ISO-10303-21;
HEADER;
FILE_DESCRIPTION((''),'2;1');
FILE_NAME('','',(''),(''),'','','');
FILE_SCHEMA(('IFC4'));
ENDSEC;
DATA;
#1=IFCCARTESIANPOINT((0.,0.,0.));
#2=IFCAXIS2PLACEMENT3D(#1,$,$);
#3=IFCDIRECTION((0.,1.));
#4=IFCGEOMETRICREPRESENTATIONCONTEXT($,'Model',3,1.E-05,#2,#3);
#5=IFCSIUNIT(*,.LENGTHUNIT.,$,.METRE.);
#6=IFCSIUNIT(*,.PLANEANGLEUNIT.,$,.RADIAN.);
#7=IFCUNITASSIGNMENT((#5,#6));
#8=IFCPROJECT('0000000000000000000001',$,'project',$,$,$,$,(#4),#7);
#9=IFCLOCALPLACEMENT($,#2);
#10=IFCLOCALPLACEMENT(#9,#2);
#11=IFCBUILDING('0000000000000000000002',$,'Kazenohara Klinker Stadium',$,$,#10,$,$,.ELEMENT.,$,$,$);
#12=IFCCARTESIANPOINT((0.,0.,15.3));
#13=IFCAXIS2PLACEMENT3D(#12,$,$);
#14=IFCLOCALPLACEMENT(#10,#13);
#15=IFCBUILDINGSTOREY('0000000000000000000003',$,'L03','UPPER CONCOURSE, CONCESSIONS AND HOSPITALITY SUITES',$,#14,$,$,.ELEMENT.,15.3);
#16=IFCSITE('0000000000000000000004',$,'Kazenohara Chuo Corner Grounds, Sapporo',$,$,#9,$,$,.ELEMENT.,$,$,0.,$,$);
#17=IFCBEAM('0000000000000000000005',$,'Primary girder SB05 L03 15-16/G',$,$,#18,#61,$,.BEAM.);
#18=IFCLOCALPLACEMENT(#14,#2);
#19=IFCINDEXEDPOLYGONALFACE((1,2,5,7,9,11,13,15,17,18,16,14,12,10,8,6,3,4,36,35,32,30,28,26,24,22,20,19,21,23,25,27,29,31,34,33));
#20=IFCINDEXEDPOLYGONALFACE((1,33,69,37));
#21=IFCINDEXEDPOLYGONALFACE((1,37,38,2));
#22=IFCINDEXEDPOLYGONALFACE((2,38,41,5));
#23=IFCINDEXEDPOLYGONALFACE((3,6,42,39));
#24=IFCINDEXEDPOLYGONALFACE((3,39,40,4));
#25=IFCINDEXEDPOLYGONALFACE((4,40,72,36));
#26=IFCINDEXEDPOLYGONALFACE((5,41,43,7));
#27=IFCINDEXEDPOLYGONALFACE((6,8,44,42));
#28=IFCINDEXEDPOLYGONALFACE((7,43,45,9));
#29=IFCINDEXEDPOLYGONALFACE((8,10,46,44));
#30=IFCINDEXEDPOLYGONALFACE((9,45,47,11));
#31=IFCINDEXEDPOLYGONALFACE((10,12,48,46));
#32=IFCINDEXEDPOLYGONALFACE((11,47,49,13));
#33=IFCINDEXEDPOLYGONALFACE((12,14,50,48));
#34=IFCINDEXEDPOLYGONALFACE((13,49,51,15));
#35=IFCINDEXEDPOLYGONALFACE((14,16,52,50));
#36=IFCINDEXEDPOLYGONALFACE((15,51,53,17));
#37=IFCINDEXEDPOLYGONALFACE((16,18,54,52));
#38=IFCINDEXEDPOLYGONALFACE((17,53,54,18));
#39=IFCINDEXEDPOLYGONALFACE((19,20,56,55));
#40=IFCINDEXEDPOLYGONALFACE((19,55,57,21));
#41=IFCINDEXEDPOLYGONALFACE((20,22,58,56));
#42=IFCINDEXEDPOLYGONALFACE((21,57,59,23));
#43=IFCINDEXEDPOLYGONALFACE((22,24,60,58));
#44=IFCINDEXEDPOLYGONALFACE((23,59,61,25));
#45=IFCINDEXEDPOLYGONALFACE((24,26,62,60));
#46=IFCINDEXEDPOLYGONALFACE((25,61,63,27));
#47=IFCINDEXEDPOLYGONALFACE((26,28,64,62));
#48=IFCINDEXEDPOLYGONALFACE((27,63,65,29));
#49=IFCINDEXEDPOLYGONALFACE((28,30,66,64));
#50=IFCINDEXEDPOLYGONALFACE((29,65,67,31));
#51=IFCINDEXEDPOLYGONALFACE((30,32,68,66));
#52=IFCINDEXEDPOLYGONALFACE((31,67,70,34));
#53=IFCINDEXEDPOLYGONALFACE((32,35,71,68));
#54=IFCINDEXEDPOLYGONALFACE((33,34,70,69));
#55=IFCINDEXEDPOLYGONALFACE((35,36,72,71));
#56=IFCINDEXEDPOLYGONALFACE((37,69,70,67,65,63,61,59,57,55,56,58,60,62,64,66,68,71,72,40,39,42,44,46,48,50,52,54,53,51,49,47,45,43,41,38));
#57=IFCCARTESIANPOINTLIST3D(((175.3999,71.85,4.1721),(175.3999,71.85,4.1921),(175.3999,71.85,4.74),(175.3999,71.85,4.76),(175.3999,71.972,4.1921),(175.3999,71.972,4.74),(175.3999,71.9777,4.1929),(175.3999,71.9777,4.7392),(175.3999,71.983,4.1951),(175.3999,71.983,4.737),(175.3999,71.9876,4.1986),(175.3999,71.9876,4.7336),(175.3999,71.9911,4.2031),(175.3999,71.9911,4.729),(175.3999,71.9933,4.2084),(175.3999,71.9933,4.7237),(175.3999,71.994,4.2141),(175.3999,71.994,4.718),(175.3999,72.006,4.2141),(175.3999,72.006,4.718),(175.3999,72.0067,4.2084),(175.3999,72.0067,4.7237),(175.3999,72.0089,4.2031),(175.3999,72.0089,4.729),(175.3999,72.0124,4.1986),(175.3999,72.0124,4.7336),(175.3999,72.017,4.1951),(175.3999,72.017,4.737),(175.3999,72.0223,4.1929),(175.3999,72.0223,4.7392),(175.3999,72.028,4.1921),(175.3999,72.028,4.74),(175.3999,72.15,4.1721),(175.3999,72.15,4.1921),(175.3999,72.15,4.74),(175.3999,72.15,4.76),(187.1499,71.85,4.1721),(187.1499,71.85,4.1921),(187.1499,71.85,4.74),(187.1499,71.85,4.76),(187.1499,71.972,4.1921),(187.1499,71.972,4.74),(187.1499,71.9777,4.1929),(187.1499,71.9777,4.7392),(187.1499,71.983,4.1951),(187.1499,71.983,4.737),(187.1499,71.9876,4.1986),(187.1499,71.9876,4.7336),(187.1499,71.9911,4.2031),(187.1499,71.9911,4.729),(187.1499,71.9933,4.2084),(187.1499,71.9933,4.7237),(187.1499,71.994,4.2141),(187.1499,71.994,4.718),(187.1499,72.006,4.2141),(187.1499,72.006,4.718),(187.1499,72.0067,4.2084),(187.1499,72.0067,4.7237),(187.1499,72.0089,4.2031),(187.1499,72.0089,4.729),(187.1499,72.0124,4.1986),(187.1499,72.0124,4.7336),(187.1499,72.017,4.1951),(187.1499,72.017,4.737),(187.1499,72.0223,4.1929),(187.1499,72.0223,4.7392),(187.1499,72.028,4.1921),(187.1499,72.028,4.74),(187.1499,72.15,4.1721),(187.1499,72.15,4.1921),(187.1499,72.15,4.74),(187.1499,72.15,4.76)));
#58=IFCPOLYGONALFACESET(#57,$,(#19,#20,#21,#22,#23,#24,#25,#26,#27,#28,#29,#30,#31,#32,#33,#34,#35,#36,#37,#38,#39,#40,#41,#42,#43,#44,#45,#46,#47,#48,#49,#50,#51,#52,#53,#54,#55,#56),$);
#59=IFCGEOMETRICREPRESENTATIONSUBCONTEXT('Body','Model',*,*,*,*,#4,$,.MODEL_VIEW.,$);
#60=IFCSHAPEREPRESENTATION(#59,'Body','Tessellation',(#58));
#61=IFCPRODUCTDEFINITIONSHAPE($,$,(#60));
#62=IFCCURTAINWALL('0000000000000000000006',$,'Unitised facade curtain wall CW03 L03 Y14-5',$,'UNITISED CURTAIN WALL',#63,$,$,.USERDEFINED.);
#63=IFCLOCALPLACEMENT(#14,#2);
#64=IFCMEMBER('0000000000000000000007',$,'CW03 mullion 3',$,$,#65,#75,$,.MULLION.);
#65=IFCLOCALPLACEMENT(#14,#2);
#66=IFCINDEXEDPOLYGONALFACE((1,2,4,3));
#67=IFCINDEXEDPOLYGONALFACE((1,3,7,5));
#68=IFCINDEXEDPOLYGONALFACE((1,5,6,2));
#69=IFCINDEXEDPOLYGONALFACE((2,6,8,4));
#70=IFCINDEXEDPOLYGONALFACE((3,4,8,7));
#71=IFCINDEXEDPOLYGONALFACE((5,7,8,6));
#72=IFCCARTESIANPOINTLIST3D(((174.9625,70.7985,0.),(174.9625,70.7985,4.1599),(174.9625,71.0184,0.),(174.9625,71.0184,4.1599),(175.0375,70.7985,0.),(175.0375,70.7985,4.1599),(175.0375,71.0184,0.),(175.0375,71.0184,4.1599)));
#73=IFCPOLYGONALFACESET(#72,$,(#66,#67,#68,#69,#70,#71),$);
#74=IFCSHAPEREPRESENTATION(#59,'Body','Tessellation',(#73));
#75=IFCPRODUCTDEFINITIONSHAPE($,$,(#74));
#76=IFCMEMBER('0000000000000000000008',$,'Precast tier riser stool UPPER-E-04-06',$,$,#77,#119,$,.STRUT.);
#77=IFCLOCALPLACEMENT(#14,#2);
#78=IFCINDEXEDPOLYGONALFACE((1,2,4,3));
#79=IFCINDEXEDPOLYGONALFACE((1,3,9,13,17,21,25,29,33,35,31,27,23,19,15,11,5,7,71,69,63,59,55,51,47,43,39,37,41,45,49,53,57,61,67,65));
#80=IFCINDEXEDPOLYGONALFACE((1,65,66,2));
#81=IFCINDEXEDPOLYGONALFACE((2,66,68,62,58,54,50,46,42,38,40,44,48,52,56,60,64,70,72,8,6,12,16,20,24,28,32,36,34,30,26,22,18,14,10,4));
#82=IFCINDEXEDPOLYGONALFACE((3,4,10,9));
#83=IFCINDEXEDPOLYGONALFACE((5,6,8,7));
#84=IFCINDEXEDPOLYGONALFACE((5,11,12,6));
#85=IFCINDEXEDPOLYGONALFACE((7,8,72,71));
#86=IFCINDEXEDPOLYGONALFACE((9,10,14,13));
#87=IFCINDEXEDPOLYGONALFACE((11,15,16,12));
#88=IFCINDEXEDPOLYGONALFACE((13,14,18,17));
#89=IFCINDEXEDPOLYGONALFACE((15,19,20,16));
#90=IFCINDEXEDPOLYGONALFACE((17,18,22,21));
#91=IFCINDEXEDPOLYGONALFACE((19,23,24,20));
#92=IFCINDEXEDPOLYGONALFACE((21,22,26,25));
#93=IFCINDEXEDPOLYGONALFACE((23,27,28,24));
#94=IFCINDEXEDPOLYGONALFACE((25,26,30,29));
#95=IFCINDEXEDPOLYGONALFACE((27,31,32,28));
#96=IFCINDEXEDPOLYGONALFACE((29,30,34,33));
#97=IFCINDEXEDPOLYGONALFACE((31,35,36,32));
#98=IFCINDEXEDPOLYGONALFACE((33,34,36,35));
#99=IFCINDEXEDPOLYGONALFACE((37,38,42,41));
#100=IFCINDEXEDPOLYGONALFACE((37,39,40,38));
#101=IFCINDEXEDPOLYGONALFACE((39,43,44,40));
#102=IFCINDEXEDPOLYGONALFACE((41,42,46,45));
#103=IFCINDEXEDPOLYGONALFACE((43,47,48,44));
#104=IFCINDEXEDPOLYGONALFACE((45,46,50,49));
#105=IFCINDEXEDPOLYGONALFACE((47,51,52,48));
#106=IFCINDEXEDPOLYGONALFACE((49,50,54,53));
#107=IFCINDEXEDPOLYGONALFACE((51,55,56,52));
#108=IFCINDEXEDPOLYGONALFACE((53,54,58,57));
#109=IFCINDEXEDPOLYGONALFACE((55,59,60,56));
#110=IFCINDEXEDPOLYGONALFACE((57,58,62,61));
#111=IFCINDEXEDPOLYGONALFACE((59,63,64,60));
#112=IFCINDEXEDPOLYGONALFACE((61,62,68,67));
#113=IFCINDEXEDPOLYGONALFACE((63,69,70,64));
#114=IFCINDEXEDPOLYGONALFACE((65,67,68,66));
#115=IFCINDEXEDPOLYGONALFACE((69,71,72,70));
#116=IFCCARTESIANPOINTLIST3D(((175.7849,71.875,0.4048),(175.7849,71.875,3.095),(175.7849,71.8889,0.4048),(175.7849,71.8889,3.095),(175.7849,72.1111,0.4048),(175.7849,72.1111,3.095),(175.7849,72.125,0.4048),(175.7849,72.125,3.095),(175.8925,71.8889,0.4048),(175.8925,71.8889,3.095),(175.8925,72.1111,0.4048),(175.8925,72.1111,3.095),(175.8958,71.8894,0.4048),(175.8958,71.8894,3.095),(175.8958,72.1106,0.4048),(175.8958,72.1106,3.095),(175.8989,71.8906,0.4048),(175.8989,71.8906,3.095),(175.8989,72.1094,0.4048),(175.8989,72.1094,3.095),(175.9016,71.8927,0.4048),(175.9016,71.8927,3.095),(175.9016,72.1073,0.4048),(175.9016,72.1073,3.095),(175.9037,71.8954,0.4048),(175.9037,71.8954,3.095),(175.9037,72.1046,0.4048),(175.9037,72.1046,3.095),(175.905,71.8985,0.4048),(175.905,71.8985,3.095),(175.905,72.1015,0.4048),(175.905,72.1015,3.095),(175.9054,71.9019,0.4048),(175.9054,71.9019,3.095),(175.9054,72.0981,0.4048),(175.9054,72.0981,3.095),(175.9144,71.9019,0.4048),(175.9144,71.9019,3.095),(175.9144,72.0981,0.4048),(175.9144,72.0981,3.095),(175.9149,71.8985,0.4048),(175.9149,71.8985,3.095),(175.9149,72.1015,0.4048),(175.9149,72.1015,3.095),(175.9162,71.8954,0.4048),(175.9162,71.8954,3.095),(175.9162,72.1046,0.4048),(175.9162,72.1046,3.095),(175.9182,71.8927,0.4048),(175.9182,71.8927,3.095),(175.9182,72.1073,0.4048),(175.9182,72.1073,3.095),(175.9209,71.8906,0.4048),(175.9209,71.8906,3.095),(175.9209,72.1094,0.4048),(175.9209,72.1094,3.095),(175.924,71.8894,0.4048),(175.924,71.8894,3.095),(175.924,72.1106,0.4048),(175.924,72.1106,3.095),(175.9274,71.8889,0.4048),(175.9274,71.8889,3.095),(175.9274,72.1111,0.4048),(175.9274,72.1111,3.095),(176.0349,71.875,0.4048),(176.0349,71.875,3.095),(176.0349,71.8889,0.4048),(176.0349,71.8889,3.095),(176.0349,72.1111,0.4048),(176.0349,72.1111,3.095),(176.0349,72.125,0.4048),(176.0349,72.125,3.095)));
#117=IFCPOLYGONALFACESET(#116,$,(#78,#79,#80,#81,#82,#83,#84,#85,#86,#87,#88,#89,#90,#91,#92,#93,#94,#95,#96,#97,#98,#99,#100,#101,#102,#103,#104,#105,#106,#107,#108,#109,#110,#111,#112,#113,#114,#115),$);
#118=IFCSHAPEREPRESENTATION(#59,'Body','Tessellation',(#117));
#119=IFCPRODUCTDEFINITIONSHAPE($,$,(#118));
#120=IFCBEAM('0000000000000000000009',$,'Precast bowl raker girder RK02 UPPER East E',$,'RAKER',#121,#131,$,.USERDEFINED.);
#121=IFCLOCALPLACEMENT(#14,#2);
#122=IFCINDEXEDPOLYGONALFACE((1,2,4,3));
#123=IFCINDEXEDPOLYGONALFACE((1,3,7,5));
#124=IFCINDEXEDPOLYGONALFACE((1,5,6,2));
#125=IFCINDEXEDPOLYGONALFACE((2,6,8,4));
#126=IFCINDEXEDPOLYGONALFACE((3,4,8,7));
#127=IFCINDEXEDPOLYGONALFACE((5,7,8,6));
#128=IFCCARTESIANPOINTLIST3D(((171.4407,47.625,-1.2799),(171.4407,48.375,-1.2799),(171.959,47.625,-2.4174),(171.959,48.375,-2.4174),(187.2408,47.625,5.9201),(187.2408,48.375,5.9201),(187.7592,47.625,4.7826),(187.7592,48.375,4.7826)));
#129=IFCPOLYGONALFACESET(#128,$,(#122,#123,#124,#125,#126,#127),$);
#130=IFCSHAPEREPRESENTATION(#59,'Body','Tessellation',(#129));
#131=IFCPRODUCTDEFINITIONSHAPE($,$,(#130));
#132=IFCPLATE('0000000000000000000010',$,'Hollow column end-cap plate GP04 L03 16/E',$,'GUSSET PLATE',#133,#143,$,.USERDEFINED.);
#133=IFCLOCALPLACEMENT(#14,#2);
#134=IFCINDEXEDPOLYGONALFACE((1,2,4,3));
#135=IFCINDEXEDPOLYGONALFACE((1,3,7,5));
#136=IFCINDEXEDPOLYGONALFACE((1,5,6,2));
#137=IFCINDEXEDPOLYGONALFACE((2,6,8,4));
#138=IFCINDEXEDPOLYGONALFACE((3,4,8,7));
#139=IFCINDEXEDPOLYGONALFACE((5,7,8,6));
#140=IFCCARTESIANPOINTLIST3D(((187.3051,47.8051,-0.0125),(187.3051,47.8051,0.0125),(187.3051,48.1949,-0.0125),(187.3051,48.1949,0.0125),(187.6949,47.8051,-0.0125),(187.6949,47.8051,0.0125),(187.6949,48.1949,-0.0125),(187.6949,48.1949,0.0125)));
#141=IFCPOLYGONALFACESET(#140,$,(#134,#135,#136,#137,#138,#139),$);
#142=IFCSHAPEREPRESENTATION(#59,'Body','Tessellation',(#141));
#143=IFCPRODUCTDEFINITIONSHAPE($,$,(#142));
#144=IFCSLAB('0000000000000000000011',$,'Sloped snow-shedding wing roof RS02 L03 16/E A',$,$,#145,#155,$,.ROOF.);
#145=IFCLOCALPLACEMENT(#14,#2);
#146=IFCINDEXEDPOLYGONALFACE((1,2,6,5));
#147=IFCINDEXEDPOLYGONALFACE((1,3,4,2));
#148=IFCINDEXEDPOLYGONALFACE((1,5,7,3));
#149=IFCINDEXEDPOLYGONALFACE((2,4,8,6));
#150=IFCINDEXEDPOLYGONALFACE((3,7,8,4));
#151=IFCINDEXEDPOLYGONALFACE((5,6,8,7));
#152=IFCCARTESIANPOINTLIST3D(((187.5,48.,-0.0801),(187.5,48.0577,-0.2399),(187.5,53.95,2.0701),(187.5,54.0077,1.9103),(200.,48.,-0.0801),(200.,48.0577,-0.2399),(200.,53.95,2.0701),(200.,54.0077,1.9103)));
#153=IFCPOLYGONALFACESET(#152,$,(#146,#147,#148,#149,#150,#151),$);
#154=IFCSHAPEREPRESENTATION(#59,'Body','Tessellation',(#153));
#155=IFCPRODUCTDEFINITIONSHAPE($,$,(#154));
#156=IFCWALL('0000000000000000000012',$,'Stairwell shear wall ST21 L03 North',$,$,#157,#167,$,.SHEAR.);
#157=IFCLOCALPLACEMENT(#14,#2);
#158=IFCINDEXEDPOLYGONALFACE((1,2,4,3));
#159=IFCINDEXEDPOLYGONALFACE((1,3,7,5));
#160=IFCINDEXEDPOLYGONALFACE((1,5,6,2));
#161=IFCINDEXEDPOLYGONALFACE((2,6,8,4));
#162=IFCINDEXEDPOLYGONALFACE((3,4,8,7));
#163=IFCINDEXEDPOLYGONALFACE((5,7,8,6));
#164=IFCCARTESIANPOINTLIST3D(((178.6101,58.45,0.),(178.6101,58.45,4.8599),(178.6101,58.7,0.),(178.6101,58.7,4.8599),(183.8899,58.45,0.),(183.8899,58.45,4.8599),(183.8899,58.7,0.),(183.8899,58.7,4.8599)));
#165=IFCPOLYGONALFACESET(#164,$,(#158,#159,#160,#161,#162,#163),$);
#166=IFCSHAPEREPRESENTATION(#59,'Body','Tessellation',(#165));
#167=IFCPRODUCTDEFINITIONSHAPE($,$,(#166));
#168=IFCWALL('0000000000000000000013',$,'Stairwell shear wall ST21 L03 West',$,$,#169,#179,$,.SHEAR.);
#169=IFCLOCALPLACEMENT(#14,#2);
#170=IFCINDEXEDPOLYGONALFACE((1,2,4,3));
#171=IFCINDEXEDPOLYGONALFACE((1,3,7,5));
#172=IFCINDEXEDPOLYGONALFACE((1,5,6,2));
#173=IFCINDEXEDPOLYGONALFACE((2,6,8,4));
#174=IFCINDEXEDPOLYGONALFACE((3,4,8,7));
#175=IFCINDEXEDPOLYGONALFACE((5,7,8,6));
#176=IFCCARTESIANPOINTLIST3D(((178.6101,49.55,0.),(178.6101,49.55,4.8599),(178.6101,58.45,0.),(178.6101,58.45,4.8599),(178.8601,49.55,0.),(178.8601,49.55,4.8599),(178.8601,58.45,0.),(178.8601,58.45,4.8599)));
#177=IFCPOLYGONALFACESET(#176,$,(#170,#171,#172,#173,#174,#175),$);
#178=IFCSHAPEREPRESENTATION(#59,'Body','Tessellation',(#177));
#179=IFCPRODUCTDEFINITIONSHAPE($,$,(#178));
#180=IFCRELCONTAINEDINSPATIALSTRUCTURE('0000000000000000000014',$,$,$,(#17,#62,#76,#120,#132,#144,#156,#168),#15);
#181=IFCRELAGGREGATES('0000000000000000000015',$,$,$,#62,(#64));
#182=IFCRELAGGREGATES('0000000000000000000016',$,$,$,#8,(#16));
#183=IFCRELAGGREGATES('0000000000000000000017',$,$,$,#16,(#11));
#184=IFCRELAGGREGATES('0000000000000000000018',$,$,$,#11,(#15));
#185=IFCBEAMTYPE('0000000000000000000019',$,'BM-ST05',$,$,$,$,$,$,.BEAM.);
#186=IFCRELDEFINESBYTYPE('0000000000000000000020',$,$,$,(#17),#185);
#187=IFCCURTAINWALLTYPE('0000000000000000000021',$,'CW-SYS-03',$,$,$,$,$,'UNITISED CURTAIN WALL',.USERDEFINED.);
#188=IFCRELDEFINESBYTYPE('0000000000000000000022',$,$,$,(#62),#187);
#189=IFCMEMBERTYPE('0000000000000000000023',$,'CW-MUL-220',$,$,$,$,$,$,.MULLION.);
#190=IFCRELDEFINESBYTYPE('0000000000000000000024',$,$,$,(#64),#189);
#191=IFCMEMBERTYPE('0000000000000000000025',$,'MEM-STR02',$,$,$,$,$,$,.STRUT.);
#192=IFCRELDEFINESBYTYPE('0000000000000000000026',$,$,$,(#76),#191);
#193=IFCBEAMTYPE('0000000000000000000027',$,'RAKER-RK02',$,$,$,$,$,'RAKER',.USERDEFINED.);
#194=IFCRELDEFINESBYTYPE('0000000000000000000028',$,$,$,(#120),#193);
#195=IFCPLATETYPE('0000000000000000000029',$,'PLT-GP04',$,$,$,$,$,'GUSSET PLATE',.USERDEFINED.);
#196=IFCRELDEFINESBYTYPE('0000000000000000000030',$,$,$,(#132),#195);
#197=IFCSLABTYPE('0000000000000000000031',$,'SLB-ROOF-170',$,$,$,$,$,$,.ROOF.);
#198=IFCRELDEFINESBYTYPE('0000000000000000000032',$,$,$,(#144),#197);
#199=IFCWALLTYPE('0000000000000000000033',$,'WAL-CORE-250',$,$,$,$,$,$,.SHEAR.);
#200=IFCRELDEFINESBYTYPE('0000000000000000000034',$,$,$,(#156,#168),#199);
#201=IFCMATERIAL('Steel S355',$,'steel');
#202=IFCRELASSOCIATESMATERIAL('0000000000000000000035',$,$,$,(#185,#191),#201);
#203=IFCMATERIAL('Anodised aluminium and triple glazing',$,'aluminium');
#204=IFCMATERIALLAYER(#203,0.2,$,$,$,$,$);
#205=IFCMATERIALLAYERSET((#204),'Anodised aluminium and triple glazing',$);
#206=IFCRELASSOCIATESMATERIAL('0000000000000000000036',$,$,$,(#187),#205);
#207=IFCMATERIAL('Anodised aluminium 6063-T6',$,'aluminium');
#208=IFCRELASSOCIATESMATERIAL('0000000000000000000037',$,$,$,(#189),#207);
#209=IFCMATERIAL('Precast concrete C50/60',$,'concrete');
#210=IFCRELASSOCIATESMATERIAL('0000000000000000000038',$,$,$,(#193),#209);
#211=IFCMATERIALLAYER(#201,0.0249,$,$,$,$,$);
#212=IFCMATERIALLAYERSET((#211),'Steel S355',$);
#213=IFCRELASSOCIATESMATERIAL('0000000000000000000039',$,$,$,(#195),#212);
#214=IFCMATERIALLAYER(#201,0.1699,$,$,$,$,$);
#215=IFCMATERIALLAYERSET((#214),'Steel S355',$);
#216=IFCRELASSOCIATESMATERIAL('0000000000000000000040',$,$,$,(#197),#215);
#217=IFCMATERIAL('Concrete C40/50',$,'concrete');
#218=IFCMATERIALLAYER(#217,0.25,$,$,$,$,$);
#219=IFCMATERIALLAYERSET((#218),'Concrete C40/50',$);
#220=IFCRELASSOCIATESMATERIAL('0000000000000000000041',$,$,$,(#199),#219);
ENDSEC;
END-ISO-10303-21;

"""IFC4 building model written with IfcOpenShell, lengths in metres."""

from ifc_helpers import new_model, si_unit, direction, frame, frame_2d, origin, origin_2d, place, context, subcontext, project, spatial, polyline, rectangle, i_section, outline, extrude, material, layer, layer_set, material_profile, profile_set, type_object, element, aggregate, save


model = new_model("IFC4")

# Units and contexts
model_context = context("Model", 3, precision=1e-05, world=origin(), true_north=direction((0.0, 1.0)))
body_context = subcontext(model_context, "Body", "Model", "MODEL_VIEW")
ifc_project = project(units=[si_unit("LENGTHUNIT", "METRE"), si_unit("PLANEANGLEUNIT", "RADIAN")], contexts=[model_context])

# Site, building, storey
site_placement = place(None, origin())
site = spatial("IfcSite", under=ifc_project, at=site_placement, Name="Kazenohara Chuo Corner Grounds, Sapporo", CompositionType="ELEMENT", RefElevation=0.0)
building_placement = place(site_placement, origin())
building = spatial("IfcBuilding", under=site, at=building_placement, Name="Kazenohara Klinker Stadium", CompositionType="ELEMENT")
storey_placement = place(building_placement, frame((0.0, 0.0, 15.3)))
storey = spatial("IfcBuildingStorey", under=building, at=storey_placement, Name="L03", Description="UPPER CONCOURSE, CONCESSIONS AND HOSPITALITY SUITES", CompositionType="ELEMENT", Elevation=15.3)

# Shared definitions
ifc_material_1 = material(Name="Concrete C40/50", Category="concrete")
ifc_material_2 = material(Name="Steel S355", Category="steel")

# Beam
ifc_material_profile_1 = material_profile(ifc_material_2, i_section(OverallWidth=0.3, OverallDepth=0.5879, WebThickness=0.012, FlangeThickness=0.02, FilletRadius=0.022, at=origin_2d()), Name="H-588x300x12x20")
ifc_profile_set_1 = profile_set([ifc_material_profile_1], Name="Steel S355")
beam_type_1 = type_object("IfcBeamType", Name="BM-ST05", PredefinedType="BEAM", material=ifc_profile_set_1)
beam_1_placement = place(storey_placement, frame((175.3999, 72.0, 4.4661), z_axis=(1.0, 0.0, 0.0), x_axis=(0.0, 1.0, 0.0)))
element("IfcBeam", 1, at=beam_1_placement, inside=storey, type_object=beam_type_1, Name="Primary girder SB05 L03 15-16/G", PredefinedType="BEAM", context=body_context, shape_type="SweptSolid", body=[
    extrude(i_section(OverallWidth=0.3, OverallDepth=0.5879, WebThickness=0.012, FlangeThickness=0.02, FilletRadius=0.022, at=origin_2d()), origin(), (0.0, 0.0, 1.0), 11.75),
])

# Curtain wall, member
ifc_material_3 = material(Name="Anodised aluminium and triple glazing", Category="aluminium")
ifc_layer_1 = layer(ifc_material_3, 0.2)
ifc_layer_set_1 = layer_set([ifc_layer_1], Name="Anodised aluminium and triple glazing")
curtain_wall_type = type_object("IfcCurtainWallType", Name="CW-SYS-03", ElementType="UNITISED CURTAIN WALL", PredefinedType="USERDEFINED", material=ifc_layer_set_1)
curtain_wall_placement = place(storey_placement, origin())
curtain_wall = element("IfcCurtainWall", 2, at=curtain_wall_placement, inside=storey, type_object=curtain_wall_type, Name="Unitised facade curtain wall CW03 L03 Y14-5", ObjectType="UNITISED CURTAIN WALL", PredefinedType="USERDEFINED")
ifc_material_4 = material(Name="Anodised aluminium 6063-T6", Category="aluminium")
ifc_material_profile_2 = material_profile(ifc_material_4, rectangle(XDim=0.075, YDim=0.22, at=origin_2d()), Name="ALU-MUL-75x220")
ifc_profile_set_2 = profile_set([ifc_material_profile_2], Name="Anodised aluminium 6063-T6")
member_type_1 = type_object("IfcMemberType", Name="CW-MUL-220", PredefinedType="MULLION", material=ifc_profile_set_2)
member_1_placement = place(storey_placement, frame((175.0, 70.9084, 0.0), z_axis=(0.0, 0.0, 1.0), x_axis=(-1.0, 0.0, 0.0)))
member_1 = element("IfcMember", 3, at=member_1_placement, type_object=member_type_1, Name="CW03 mullion 3", PredefinedType="MULLION", context=body_context, shape_type="SweptSolid", body=[
    extrude(rectangle(XDim=0.075, YDim=0.22, at=origin_2d()), origin(), (0.0, 0.0, 1.0), 4.1599),
])
aggregate(curtain_wall, [member_1])

# Member
ifc_material_profile_3 = material_profile(ifc_material_2, i_section(OverallWidth=0.25, OverallDepth=0.25, WebThickness=0.009, FlangeThickness=0.0139, FilletRadius=0.0129, at=origin_2d()), Name="H-250x250x9x14")
ifc_profile_set_3 = profile_set([ifc_material_profile_3], Name="Steel S355")
member_type_2 = type_object("IfcMemberType", Name="MEM-STR02", PredefinedType="STRUT", material=ifc_profile_set_3)
member_2_placement = place(storey_placement, frame((175.9099, 72.0, 0.4048), z_axis=(0.0, 0.0, 1.0), x_axis=(1.0, 0.0, 0.0)))
element("IfcMember", 4, at=member_2_placement, inside=storey, type_object=member_type_2, Name="Precast tier riser stool UPPER-E-04-06", PredefinedType="STRUT", context=body_context, shape_type="SweptSolid", body=[
    extrude(i_section(OverallWidth=0.25, OverallDepth=0.25, WebThickness=0.009, FlangeThickness=0.0139, FilletRadius=0.0129, at=origin_2d()), origin(), (0.0, 0.0, 1.0), 2.6902),
])

# Beam
ifc_material_5 = material(Name="Precast concrete C50/60", Category="concrete")
ifc_material_profile_4 = material_profile(ifc_material_5, rectangle(XDim=0.75, YDim=1.25, at=origin_2d()), Name="PC-RAKER-750x1250")
ifc_profile_set_4 = profile_set([ifc_material_profile_4], Name="Precast concrete C50/60")
beam_type_2 = type_object("IfcBeamType", Name="RAKER-RK02", ElementType="RAKER", PredefinedType="USERDEFINED", material=ifc_profile_set_4)
beam_2_placement = place(storey_placement, frame((187.5, 48.0, 5.3513), z_axis=(-0.909973, 0.0, -0.414667), x_axis=(0.0, -1.0, 0.0)))
element("IfcBeam", 5, at=beam_2_placement, inside=storey, type_object=beam_type_2, Name="Precast bowl raker girder RK02 UPPER East E", ObjectType="RAKER", PredefinedType="USERDEFINED", context=body_context, shape_type="SweptSolid", body=[
    extrude(rectangle(XDim=0.75, YDim=1.25, at=origin_2d()), origin(), (0.0, 0.0, 1.0), 17.3633),
])

# Plate
ifc_layer_2 = layer(ifc_material_2, 0.0249)
ifc_layer_set_2 = layer_set([ifc_layer_2], Name="Steel S355")
plate_type = type_object("IfcPlateType", Name="PLT-GP04", ElementType="GUSSET PLATE", PredefinedType="USERDEFINED", material=ifc_layer_set_2)
plate_placement = place(storey_placement, frame((187.5, 48.0, -0.0125), z_axis=(0.0, 0.0, 1.0), x_axis=(1.0, 0.0, 0.0)))
element("IfcPlate", 6, at=plate_placement, inside=storey, type_object=plate_type, Name="Hollow column end-cap plate GP04 L03 16/E", ObjectType="GUSSET PLATE", PredefinedType="USERDEFINED", context=body_context, shape_type="SweptSolid", body=[
    extrude(rectangle(XDim=0.3899, YDim=0.3899, at=origin_2d()), origin(), (0.0, 0.0, 1.0), 0.0249),
])

# Slab
ifc_layer_3 = layer(ifc_material_2, 0.1699)
ifc_layer_set_3 = layer_set([ifc_layer_3], Name="Steel S355")
slab_type = type_object("IfcSlabType", Name="SLB-ROOF-170", PredefinedType="ROOF", material=ifc_layer_set_3)
slab_placement = place(storey_placement, frame((187.5, 48.0, -0.0801), z_axis=(0.0, -0.339862, 0.940475), x_axis=(1.0, 0.0, 0.0)))
element("IfcSlab", 7, at=slab_placement, inside=storey, type_object=slab_type, Name="Sloped snow-shedding wing roof RS02 L03 16/E A", PredefinedType="ROOF", context=body_context, shape_type="SweptSolid", body=[
    extrude(outline(polyline([(0.0, 0.0), (12.5, 0.0), (12.5, 6.3265), (0.0, 6.3265), (0.0, 0.0)])), origin(), (0.0, 0.0, -1.0), 0.1699),
])

# Shared definitions
ifc_layer_4 = layer(ifc_material_1, 0.25)
ifc_layer_set_4 = layer_set([ifc_layer_4], Name="Concrete C40/50")
wall_type_1 = type_object("IfcWallType", Name="WAL-CORE-250", PredefinedType="SHEAR", material=ifc_layer_set_4)

# Walls
wall_1_placement = place(storey_placement, frame((178.6101, 58.575, 0.0), z_axis=(0.0, 0.0, 1.0), x_axis=(1.0, 0.0, 0.0)))
element("IfcWall", 8, at=wall_1_placement, inside=storey, type_object=wall_type_1, Name="Stairwell shear wall ST21 L03 North", PredefinedType="SHEAR", context=body_context, shape_type="SweptSolid", body=[
    extrude(rectangle(XDim=5.2798, YDim=0.25, at=frame_2d((2.6399, 0.0))), origin(), (0.0, 0.0, 1.0), 4.8599),
])
for number, where, z_axis, x_axis, name in (
    (9, (178.7351, 49.55, 0.0), (0.0, 0.0, 1.0), (0.0, 1.0, 0.0), "Stairwell shear wall ST21 L03 West"),
):
    element("IfcWall", number, at=place(storey_placement, frame(where, z_axis=z_axis, x_axis=x_axis)), inside=storey, type_object=wall_type_1, Name=name, PredefinedType="SHEAR", context=body_context, shape_type="SweptSolid", body=[
        extrude(rectangle(XDim=8.8999, YDim=0.25, at=frame_2d((4.45, 0.0))), origin(), (0.0, 0.0, 1.0), 4.8599),
    ])

save(model, "model.ifc")
